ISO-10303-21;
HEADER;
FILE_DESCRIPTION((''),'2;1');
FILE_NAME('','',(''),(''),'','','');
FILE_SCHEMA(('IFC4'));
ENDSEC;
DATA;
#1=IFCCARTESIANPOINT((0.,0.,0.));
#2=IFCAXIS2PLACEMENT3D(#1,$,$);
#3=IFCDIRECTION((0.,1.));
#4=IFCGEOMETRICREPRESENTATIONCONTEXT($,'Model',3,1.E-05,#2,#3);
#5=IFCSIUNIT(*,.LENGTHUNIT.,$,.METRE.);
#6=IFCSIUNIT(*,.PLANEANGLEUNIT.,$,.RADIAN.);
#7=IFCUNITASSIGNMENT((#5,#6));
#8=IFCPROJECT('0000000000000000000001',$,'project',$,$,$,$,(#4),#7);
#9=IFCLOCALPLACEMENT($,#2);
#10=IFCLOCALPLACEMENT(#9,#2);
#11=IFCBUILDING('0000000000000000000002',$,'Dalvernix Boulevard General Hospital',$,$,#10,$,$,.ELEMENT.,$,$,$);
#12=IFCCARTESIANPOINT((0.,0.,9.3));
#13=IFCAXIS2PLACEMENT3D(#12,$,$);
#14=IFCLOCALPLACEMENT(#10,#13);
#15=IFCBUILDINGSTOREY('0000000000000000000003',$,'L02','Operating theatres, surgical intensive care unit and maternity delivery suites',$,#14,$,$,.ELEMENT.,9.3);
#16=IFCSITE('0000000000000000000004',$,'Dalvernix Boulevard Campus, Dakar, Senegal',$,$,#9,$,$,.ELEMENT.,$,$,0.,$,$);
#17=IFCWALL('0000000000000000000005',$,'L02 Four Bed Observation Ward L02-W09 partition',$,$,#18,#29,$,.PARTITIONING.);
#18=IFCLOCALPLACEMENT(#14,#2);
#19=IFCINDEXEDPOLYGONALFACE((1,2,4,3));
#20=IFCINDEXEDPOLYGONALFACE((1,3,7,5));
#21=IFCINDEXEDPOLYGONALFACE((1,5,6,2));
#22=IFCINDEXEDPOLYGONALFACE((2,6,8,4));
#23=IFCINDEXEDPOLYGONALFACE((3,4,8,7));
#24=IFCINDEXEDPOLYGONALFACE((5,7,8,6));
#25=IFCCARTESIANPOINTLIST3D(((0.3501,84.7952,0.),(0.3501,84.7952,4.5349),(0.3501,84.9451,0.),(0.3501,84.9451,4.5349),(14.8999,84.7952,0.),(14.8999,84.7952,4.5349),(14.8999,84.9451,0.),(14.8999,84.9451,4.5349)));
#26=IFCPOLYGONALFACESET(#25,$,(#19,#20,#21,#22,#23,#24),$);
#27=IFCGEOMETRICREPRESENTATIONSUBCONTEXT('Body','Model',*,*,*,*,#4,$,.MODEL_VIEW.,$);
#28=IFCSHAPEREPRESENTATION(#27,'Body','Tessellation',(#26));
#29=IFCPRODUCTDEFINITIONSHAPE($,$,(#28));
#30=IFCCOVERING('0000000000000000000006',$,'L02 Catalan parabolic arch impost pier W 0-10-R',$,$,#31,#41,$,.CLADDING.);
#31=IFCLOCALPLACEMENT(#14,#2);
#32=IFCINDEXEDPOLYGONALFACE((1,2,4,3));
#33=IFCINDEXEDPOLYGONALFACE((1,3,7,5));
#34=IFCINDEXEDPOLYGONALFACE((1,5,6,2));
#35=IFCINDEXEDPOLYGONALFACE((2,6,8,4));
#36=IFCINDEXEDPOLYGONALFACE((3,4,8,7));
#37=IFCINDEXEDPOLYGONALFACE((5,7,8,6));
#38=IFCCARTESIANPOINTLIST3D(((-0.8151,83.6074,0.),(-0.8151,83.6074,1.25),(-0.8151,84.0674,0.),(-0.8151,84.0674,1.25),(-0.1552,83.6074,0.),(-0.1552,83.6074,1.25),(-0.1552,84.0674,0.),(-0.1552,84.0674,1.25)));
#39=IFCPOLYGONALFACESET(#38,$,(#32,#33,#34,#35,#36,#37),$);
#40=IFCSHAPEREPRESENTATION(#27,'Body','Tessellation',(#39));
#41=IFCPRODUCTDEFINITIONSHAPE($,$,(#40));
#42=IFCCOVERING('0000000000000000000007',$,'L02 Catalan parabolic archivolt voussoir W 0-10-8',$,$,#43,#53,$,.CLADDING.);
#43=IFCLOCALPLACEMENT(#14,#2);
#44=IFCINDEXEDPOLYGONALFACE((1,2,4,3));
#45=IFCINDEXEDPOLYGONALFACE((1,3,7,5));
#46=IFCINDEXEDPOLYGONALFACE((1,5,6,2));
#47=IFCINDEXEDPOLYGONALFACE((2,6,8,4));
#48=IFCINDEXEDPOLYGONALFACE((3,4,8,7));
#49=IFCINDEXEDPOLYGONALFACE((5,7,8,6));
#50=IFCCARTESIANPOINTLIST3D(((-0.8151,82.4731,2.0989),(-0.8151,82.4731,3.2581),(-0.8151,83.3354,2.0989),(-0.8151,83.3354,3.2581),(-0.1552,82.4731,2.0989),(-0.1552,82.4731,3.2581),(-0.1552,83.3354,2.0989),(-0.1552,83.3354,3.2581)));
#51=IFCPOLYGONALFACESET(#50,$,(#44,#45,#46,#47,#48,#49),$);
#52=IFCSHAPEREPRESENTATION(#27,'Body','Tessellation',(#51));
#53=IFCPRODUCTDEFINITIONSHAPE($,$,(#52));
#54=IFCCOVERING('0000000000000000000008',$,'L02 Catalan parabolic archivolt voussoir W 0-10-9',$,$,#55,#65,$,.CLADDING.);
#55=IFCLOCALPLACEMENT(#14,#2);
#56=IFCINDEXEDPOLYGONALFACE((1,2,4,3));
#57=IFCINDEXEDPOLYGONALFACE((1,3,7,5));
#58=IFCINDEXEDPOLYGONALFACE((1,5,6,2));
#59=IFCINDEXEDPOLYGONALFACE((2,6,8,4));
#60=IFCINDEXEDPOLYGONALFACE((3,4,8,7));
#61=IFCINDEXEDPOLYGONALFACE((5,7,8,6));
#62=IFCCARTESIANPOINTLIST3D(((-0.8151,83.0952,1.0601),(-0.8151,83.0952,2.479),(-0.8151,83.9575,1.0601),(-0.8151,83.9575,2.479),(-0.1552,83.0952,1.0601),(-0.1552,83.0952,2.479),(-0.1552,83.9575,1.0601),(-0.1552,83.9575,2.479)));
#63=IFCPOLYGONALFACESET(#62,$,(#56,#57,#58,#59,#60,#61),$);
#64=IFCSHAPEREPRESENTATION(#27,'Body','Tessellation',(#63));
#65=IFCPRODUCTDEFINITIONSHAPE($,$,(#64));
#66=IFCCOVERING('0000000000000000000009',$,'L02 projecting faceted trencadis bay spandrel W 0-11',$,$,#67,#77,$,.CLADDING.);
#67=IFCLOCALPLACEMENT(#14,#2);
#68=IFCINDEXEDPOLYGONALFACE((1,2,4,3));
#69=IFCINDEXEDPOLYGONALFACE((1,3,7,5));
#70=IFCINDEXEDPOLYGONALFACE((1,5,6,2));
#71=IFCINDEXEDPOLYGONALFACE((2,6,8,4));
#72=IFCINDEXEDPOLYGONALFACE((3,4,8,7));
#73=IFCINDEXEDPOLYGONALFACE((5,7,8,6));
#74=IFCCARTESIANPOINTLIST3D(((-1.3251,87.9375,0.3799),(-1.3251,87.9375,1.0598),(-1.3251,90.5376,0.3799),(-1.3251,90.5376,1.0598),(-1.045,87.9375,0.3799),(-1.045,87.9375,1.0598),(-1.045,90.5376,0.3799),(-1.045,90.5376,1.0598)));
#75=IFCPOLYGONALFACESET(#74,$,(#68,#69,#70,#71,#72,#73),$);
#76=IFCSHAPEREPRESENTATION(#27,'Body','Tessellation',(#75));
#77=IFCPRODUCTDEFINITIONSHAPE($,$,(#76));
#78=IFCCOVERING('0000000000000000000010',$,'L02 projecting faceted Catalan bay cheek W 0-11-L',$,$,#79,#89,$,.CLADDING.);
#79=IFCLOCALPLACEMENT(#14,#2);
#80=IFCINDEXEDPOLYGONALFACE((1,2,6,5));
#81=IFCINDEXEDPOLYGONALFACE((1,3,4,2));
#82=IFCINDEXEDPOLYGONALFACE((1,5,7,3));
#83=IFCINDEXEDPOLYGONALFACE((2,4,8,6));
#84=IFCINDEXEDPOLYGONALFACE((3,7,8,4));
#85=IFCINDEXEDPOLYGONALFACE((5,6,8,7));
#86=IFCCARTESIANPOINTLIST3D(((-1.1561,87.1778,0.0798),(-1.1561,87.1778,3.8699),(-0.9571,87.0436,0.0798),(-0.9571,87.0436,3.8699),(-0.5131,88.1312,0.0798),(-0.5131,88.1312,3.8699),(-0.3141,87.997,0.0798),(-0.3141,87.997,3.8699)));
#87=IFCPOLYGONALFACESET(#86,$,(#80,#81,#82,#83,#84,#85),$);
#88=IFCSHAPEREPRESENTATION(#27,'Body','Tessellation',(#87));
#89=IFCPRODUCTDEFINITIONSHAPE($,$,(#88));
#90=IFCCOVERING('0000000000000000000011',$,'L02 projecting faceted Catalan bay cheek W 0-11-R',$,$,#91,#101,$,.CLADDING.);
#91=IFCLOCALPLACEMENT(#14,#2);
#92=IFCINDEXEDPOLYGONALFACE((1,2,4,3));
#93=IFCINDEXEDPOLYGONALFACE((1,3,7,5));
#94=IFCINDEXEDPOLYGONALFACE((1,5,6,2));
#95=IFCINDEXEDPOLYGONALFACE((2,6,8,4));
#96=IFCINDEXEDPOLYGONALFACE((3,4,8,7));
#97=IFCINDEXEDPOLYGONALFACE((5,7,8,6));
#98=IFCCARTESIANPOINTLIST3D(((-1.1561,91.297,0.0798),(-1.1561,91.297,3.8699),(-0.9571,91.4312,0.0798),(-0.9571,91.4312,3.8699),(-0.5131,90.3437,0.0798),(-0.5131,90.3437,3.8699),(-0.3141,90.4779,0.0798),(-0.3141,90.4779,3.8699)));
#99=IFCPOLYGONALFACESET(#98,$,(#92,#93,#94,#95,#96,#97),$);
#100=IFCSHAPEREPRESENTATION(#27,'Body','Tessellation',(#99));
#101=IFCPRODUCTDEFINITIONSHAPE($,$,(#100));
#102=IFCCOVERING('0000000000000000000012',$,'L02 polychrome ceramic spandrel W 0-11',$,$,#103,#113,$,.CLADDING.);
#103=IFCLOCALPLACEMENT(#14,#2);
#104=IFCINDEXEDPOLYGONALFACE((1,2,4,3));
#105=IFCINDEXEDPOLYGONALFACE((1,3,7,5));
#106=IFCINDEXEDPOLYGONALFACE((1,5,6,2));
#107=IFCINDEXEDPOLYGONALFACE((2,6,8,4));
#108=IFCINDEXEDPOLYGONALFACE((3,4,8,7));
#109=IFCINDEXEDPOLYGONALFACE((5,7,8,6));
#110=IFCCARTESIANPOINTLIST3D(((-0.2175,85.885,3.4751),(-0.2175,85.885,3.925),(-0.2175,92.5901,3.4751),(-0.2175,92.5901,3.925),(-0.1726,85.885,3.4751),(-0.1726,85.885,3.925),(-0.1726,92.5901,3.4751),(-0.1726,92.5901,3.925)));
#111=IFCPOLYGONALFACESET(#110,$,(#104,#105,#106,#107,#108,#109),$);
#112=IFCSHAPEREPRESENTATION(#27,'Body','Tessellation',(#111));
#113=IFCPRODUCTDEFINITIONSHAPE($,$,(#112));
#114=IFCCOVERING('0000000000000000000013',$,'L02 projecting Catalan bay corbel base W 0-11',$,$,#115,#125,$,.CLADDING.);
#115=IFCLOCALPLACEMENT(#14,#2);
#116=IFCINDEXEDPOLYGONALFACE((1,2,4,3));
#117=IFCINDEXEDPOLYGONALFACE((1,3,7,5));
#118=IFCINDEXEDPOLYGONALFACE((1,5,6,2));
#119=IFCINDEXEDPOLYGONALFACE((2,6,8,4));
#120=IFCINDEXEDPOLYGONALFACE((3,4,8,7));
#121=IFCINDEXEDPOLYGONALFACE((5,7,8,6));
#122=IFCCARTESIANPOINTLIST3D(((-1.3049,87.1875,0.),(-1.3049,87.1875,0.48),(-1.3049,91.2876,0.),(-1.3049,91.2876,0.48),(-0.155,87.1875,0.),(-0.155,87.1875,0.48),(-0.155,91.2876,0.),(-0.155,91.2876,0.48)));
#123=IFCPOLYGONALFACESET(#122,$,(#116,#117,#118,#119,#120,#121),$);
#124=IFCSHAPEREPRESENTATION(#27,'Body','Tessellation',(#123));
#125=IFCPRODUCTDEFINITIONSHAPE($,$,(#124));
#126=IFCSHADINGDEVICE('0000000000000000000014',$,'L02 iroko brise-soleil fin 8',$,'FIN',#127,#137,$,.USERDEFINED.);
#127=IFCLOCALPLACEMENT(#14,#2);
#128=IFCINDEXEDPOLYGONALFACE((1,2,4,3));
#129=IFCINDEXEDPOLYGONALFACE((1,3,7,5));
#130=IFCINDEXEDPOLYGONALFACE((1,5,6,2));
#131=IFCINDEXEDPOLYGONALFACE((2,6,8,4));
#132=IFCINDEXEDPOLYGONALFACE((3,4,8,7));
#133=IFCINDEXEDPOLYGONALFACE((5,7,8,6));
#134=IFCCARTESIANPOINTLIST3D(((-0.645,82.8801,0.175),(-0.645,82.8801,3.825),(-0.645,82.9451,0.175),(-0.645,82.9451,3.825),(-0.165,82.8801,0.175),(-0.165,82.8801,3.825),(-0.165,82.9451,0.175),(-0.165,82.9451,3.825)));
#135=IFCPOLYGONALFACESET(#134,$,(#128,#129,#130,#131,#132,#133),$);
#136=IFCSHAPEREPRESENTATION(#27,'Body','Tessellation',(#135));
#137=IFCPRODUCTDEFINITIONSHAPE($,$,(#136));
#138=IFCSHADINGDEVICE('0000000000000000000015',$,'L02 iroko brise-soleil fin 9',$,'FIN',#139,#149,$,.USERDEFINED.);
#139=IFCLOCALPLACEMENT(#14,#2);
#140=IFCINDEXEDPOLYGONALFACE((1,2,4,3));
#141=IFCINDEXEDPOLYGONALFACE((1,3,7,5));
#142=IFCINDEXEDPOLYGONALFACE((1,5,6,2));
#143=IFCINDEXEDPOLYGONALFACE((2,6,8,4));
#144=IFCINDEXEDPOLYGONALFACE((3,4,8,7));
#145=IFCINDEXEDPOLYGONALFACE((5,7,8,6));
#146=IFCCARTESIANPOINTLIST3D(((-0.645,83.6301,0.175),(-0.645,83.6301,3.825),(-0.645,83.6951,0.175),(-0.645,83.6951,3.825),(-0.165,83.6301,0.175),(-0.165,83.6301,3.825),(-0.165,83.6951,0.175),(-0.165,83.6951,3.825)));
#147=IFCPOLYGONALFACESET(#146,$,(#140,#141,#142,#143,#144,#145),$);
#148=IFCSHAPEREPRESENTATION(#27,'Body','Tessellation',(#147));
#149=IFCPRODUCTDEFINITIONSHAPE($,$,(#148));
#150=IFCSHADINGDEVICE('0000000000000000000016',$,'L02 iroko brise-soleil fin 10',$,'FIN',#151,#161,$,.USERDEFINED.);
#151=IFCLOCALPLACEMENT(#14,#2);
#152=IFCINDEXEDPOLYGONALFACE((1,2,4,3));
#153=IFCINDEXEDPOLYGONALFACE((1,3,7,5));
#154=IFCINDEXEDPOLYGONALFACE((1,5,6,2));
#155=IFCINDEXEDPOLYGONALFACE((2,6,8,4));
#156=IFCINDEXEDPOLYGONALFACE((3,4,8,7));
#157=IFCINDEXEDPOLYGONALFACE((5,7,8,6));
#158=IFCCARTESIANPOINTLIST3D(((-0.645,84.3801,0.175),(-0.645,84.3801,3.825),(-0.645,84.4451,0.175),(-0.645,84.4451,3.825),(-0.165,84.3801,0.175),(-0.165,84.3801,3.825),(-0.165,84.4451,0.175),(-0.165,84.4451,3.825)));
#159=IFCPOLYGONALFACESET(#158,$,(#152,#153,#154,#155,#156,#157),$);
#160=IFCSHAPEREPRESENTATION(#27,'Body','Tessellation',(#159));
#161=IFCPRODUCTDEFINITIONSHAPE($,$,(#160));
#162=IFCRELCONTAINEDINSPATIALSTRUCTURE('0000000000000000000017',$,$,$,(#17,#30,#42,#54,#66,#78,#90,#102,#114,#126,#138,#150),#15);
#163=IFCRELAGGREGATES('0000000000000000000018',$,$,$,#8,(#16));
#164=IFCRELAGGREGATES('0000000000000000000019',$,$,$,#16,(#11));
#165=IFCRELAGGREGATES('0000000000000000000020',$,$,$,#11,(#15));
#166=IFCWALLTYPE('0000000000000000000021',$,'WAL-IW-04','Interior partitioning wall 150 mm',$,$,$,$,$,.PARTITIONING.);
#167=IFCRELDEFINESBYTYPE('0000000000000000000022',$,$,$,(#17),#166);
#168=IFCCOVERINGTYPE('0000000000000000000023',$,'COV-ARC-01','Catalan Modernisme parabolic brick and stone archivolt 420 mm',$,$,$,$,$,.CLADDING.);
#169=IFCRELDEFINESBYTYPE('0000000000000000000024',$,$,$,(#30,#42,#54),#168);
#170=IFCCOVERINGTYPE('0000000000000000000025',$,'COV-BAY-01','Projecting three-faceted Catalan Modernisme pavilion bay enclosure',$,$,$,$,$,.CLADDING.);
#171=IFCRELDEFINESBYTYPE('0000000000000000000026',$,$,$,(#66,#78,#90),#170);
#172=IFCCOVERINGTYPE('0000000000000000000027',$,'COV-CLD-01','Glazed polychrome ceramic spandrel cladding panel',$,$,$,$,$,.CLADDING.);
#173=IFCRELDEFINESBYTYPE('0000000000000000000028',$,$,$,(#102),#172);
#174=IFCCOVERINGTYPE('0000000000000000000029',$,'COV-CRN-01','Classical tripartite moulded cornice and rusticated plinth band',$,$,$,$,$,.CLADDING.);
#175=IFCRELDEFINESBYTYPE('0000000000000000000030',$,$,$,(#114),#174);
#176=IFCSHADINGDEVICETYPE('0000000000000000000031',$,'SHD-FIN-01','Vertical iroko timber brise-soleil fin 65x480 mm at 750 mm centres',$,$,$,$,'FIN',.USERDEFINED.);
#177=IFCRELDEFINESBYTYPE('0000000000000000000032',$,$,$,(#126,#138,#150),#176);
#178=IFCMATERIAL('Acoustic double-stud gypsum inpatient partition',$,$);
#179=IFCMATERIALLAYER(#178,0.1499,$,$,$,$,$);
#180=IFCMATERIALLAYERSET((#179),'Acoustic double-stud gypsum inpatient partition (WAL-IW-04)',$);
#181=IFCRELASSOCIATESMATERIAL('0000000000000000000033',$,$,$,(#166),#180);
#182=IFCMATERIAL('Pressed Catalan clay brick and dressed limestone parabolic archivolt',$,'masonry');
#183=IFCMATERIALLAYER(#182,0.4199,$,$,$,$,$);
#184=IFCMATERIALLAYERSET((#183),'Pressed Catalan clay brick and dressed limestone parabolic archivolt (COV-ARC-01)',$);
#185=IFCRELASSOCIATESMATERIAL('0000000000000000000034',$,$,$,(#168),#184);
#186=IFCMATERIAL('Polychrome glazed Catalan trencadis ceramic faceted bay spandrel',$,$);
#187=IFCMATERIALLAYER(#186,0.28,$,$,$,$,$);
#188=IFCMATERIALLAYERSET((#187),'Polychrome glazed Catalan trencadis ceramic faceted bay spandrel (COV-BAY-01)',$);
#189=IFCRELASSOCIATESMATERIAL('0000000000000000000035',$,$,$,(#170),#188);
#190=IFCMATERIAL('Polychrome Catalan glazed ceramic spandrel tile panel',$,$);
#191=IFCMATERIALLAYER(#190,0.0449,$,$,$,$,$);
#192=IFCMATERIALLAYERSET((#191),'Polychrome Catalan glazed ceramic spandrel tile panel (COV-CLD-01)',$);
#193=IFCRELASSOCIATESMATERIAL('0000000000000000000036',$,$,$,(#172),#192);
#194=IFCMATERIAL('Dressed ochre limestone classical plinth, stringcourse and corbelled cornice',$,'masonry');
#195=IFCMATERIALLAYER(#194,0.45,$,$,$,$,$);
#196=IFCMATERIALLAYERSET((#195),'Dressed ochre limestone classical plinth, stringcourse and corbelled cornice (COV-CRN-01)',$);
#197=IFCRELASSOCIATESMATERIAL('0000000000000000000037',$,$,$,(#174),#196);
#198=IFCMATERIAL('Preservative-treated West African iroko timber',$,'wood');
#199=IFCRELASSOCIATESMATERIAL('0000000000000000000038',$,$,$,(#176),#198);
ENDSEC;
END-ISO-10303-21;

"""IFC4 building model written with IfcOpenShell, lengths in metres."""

from ifc_helpers import new_model, si_unit, direction, frame, frame_2d, origin, origin_2d, place, context, subcontext, project, spatial, rectangle, extrude, material, layer, layer_set, type_object, element, save


model = new_model("IFC4")

# Units and contexts
model_context = context("Model", 3, precision=1e-05, world=origin(), true_north=direction((0.0, 1.0)))
body_context = subcontext(model_context, "Body", "Model", "MODEL_VIEW")
ifc_project = project(units=[si_unit("LENGTHUNIT", "METRE"), si_unit("PLANEANGLEUNIT", "RADIAN")], contexts=[model_context])

# Site, building, storey
site_placement = place(None, origin())
site = spatial("IfcSite", under=ifc_project, at=site_placement, Name="Dalvernix Boulevard Campus, Dakar, Senegal", CompositionType="ELEMENT", RefElevation=0.0)
building_placement = place(site_placement, origin())
building = spatial("IfcBuilding", under=site, at=building_placement, Name="Dalvernix Boulevard General Hospital", CompositionType="ELEMENT")
storey_placement = place(building_placement, frame((0.0, 0.0, 9.3)))
storey = spatial("IfcBuildingStorey", under=building, at=storey_placement, Name="L02", Description="Operating theatres, surgical intensive care unit and maternity delivery suites", CompositionType="ELEMENT", Elevation=9.3)

# Wall
ifc_material_1 = material(Name="Acoustic double-stud gypsum inpatient partition")
ifc_layer_1 = layer(ifc_material_1, 0.1499)
ifc_layer_set_1 = layer_set([ifc_layer_1], Name="Acoustic double-stud gypsum inpatient partition (WAL-IW-04)")
wall_type_1 = type_object("IfcWallType", Name="WAL-IW-04", Description="Interior partitioning wall 150 mm", PredefinedType="PARTITIONING", material=ifc_layer_set_1)
wall_1_placement = place(storey_placement, frame((0.3501, 84.8701, 0.0), z_axis=(0.0, 0.0, 1.0), x_axis=(1.0, 0.0, 0.0)))
element("IfcWall", 1, at=wall_1_placement, inside=storey, type_object=wall_type_1, Name="L02 Four Bed Observation Ward L02-W09 partition", PredefinedType="PARTITIONING", context=body_context, shape_type="SweptSolid", body=[
    extrude(rectangle(XDim=14.5498, YDim=0.1499, at=frame_2d((7.2749, 0.0))), origin(), (0.0, 0.0, 1.0), 4.5349),
])

# Coverings
ifc_material_2 = material(Name="Pressed Catalan clay brick and dressed limestone parabolic archivolt", Category="masonry")
ifc_layer_2 = layer(ifc_material_2, 0.4199)
ifc_layer_set_2 = layer_set([ifc_layer_2], Name="Pressed Catalan clay brick and dressed limestone parabolic archivolt (COV-ARC-01)")
covering_type_1 = type_object("IfcCoveringType", Name="COV-ARC-01", Description="Catalan Modernisme parabolic brick and stone archivolt 420 mm", PredefinedType="CLADDING", material=ifc_layer_set_2)
covering_1_placement = place(storey_placement, frame((-0.4851, 83.8374, 0.0), z_axis=(0.0, 0.0, 1.0), x_axis=(0.0, 1.0, 0.0)))
element("IfcCovering", 2, at=covering_1_placement, inside=storey, type_object=covering_type_1, Name="L02 Catalan parabolic arch impost pier W 0-10-R", PredefinedType="CLADDING", context=body_context, shape_type="SweptSolid", body=[
    extrude(rectangle(XDim=0.46, YDim=0.6599, at=origin_2d()), origin(), (0.0, 0.0, 1.0), 1.25),
])
covering_2_placement = place(storey_placement, frame((-0.4851, 82.9043, 2.0989), z_axis=(0.0, 0.0, 1.0), x_axis=(0.0, 1.0, 0.0)))
element("IfcCovering", 3, at=covering_2_placement, inside=storey, type_object=covering_type_1, Name="L02 Catalan parabolic archivolt voussoir W 0-10-8", PredefinedType="CLADDING", context=body_context, shape_type="SweptSolid", body=[
    extrude(rectangle(XDim=0.8623, YDim=0.6599, at=origin_2d()), origin(), (0.0, 0.0, 1.0), 1.1592),
])
covering_3_placement = place(storey_placement, frame((-0.4851, 83.5264, 1.0601), z_axis=(0.0, 0.0, 1.0), x_axis=(0.0, 1.0, 0.0)))
element("IfcCovering", 4, at=covering_3_placement, inside=storey, type_object=covering_type_1, Name="L02 Catalan parabolic archivolt voussoir W 0-10-9", PredefinedType="CLADDING", context=body_context, shape_type="SweptSolid", body=[
    extrude(rectangle(XDim=0.8623, YDim=0.6599, at=origin_2d()), origin(), (0.0, 0.0, 1.0), 1.4189),
])
ifc_material_3 = material(Name="Polychrome glazed Catalan trencadis ceramic faceted bay spandrel")
ifc_layer_3 = layer(ifc_material_3, 0.28)
ifc_layer_set_3 = layer_set([ifc_layer_3], Name="Polychrome glazed Catalan trencadis ceramic faceted bay spandrel (COV-BAY-01)")
covering_type_2 = type_object("IfcCoveringType", Name="COV-BAY-01", Description="Projecting three-faceted Catalan Modernisme pavilion bay enclosure", PredefinedType="CLADDING", material=ifc_layer_set_3)
covering_4_placement = place(storey_placement, frame((-1.1851, 89.2375, 0.3799), z_axis=(0.0, 0.0, 1.0), x_axis=(0.0, 1.0, 0.0)))
element("IfcCovering", 5, at=covering_4_placement, inside=storey, type_object=covering_type_2, Name="L02 projecting faceted trencadis bay spandrel W 0-11", PredefinedType="CLADDING", context=body_context, shape_type="SweptSolid", body=[
    extrude(rectangle(XDim=2.6001, YDim=0.28, at=origin_2d()), origin(), (0.0, 0.0, 1.0), 0.6799),
])
for number, where, z_axis, x_axis, name in (
    (6, (-0.7351, 87.5874, 0.0798), (0.0, 0.0, 1.0), (0.559193, 0.829038, 0.0), "L02 projecting faceted Catalan bay cheek W 0-11-L"),
    (7, (-0.7351, 90.8875, 0.0798), (0.0, 0.0, 1.0), (-0.559193, 0.829038, 0.0), "L02 projecting faceted Catalan bay cheek W 0-11-R"),
):
    element("IfcCovering", number, at=place(storey_placement, frame(where, z_axis=z_axis, x_axis=x_axis)), inside=storey, type_object=covering_type_2, Name=name, PredefinedType="CLADDING", context=body_context, shape_type="SweptSolid", body=[
        extrude(rectangle(XDim=1.1499, YDim=0.24, at=origin_2d()), origin(), (0.0, 0.0, 1.0), 3.79),
    ])
ifc_material_4 = material(Name="Polychrome Catalan glazed ceramic spandrel tile panel")
ifc_layer_4 = layer(ifc_material_4, 0.0449)
ifc_layer_set_4 = layer_set([ifc_layer_4], Name="Polychrome Catalan glazed ceramic spandrel tile panel (COV-CLD-01)")
covering_type_3 = type_object("IfcCoveringType", Name="COV-CLD-01", Description="Glazed polychrome ceramic spandrel cladding panel", PredefinedType="CLADDING", material=ifc_layer_set_4)
covering_5_placement = place(storey_placement, frame((-0.1951, 89.2375, 3.4751), z_axis=(0.0, 0.0, 1.0), x_axis=(0.0, 1.0, 0.0)))
element("IfcCovering", 8, at=covering_5_placement, inside=storey, type_object=covering_type_3, Name="L02 polychrome ceramic spandrel W 0-11", PredefinedType="CLADDING", context=body_context, shape_type="SweptSolid", body=[
    extrude(rectangle(XDim=6.7051, YDim=0.0449, at=origin_2d()), origin(), (0.0, 0.0, 1.0), 0.45),
])
ifc_material_5 = material(Name="Dressed ochre limestone classical plinth, stringcourse and corbelled cornice", Category="masonry")
ifc_layer_5 = layer(ifc_material_5, 0.45)
ifc_layer_set_5 = layer_set([ifc_layer_5], Name="Dressed ochre limestone classical plinth, stringcourse and corbelled cornice (COV-CRN-01)")
covering_type_4 = type_object("IfcCoveringType", Name="COV-CRN-01", Description="Classical tripartite moulded cornice and rusticated plinth band", PredefinedType="CLADDING", material=ifc_layer_set_5)
covering_6_placement = place(storey_placement, frame((-0.73, 89.2375, 0.0), z_axis=(0.0, 0.0, 1.0), x_axis=(0.0, 1.0, 0.0)))
element("IfcCovering", 9, at=covering_6_placement, inside=storey, type_object=covering_type_4, Name="L02 projecting Catalan bay corbel base W 0-11", PredefinedType="CLADDING", context=body_context, shape_type="SweptSolid", body=[
    extrude(rectangle(XDim=4.1001, YDim=1.1499, at=origin_2d()), origin(), (0.0, 0.0, 1.0), 0.48),
])

# Shading devices
ifc_material_6 = material(Name="Preservative-treated West African iroko timber", Category="wood")
shading_device_type = type_object("IfcShadingDeviceType", Name="SHD-FIN-01", Description="Vertical iroko timber brise-soleil fin 65x480 mm at 750 mm centres", ElementType="FIN", PredefinedType="USERDEFINED", material=ifc_material_6)
for number, where, z_axis, x_axis, name in (
    (10, (-0.405, 82.9126, 0.175), (0.0, 0.0, 1.0), (0.0, 1.0, 0.0), "L02 iroko brise-soleil fin 8"),
    (11, (-0.405, 83.6626, 0.175), (0.0, 0.0, 1.0), (0.0, 1.0, 0.0), "L02 iroko brise-soleil fin 9"),
    (12, (-0.405, 84.4126, 0.175), (0.0, 0.0, 1.0), (0.0, 1.0, 0.0), "L02 iroko brise-soleil fin 10"),
):
    element("IfcShadingDevice", number, at=place(storey_placement, frame(where, z_axis=z_axis, x_axis=x_axis)), inside=storey, type_object=shading_device_type, Name=name, ObjectType="FIN", PredefinedType="USERDEFINED", context=body_context, shape_type="SweptSolid", body=[
        extrude(rectangle(XDim=0.0649, YDim=0.48, at=origin_2d()), origin(), (0.0, 0.0, 1.0), 3.6499),
    ])

save(model, "model.ifc")
